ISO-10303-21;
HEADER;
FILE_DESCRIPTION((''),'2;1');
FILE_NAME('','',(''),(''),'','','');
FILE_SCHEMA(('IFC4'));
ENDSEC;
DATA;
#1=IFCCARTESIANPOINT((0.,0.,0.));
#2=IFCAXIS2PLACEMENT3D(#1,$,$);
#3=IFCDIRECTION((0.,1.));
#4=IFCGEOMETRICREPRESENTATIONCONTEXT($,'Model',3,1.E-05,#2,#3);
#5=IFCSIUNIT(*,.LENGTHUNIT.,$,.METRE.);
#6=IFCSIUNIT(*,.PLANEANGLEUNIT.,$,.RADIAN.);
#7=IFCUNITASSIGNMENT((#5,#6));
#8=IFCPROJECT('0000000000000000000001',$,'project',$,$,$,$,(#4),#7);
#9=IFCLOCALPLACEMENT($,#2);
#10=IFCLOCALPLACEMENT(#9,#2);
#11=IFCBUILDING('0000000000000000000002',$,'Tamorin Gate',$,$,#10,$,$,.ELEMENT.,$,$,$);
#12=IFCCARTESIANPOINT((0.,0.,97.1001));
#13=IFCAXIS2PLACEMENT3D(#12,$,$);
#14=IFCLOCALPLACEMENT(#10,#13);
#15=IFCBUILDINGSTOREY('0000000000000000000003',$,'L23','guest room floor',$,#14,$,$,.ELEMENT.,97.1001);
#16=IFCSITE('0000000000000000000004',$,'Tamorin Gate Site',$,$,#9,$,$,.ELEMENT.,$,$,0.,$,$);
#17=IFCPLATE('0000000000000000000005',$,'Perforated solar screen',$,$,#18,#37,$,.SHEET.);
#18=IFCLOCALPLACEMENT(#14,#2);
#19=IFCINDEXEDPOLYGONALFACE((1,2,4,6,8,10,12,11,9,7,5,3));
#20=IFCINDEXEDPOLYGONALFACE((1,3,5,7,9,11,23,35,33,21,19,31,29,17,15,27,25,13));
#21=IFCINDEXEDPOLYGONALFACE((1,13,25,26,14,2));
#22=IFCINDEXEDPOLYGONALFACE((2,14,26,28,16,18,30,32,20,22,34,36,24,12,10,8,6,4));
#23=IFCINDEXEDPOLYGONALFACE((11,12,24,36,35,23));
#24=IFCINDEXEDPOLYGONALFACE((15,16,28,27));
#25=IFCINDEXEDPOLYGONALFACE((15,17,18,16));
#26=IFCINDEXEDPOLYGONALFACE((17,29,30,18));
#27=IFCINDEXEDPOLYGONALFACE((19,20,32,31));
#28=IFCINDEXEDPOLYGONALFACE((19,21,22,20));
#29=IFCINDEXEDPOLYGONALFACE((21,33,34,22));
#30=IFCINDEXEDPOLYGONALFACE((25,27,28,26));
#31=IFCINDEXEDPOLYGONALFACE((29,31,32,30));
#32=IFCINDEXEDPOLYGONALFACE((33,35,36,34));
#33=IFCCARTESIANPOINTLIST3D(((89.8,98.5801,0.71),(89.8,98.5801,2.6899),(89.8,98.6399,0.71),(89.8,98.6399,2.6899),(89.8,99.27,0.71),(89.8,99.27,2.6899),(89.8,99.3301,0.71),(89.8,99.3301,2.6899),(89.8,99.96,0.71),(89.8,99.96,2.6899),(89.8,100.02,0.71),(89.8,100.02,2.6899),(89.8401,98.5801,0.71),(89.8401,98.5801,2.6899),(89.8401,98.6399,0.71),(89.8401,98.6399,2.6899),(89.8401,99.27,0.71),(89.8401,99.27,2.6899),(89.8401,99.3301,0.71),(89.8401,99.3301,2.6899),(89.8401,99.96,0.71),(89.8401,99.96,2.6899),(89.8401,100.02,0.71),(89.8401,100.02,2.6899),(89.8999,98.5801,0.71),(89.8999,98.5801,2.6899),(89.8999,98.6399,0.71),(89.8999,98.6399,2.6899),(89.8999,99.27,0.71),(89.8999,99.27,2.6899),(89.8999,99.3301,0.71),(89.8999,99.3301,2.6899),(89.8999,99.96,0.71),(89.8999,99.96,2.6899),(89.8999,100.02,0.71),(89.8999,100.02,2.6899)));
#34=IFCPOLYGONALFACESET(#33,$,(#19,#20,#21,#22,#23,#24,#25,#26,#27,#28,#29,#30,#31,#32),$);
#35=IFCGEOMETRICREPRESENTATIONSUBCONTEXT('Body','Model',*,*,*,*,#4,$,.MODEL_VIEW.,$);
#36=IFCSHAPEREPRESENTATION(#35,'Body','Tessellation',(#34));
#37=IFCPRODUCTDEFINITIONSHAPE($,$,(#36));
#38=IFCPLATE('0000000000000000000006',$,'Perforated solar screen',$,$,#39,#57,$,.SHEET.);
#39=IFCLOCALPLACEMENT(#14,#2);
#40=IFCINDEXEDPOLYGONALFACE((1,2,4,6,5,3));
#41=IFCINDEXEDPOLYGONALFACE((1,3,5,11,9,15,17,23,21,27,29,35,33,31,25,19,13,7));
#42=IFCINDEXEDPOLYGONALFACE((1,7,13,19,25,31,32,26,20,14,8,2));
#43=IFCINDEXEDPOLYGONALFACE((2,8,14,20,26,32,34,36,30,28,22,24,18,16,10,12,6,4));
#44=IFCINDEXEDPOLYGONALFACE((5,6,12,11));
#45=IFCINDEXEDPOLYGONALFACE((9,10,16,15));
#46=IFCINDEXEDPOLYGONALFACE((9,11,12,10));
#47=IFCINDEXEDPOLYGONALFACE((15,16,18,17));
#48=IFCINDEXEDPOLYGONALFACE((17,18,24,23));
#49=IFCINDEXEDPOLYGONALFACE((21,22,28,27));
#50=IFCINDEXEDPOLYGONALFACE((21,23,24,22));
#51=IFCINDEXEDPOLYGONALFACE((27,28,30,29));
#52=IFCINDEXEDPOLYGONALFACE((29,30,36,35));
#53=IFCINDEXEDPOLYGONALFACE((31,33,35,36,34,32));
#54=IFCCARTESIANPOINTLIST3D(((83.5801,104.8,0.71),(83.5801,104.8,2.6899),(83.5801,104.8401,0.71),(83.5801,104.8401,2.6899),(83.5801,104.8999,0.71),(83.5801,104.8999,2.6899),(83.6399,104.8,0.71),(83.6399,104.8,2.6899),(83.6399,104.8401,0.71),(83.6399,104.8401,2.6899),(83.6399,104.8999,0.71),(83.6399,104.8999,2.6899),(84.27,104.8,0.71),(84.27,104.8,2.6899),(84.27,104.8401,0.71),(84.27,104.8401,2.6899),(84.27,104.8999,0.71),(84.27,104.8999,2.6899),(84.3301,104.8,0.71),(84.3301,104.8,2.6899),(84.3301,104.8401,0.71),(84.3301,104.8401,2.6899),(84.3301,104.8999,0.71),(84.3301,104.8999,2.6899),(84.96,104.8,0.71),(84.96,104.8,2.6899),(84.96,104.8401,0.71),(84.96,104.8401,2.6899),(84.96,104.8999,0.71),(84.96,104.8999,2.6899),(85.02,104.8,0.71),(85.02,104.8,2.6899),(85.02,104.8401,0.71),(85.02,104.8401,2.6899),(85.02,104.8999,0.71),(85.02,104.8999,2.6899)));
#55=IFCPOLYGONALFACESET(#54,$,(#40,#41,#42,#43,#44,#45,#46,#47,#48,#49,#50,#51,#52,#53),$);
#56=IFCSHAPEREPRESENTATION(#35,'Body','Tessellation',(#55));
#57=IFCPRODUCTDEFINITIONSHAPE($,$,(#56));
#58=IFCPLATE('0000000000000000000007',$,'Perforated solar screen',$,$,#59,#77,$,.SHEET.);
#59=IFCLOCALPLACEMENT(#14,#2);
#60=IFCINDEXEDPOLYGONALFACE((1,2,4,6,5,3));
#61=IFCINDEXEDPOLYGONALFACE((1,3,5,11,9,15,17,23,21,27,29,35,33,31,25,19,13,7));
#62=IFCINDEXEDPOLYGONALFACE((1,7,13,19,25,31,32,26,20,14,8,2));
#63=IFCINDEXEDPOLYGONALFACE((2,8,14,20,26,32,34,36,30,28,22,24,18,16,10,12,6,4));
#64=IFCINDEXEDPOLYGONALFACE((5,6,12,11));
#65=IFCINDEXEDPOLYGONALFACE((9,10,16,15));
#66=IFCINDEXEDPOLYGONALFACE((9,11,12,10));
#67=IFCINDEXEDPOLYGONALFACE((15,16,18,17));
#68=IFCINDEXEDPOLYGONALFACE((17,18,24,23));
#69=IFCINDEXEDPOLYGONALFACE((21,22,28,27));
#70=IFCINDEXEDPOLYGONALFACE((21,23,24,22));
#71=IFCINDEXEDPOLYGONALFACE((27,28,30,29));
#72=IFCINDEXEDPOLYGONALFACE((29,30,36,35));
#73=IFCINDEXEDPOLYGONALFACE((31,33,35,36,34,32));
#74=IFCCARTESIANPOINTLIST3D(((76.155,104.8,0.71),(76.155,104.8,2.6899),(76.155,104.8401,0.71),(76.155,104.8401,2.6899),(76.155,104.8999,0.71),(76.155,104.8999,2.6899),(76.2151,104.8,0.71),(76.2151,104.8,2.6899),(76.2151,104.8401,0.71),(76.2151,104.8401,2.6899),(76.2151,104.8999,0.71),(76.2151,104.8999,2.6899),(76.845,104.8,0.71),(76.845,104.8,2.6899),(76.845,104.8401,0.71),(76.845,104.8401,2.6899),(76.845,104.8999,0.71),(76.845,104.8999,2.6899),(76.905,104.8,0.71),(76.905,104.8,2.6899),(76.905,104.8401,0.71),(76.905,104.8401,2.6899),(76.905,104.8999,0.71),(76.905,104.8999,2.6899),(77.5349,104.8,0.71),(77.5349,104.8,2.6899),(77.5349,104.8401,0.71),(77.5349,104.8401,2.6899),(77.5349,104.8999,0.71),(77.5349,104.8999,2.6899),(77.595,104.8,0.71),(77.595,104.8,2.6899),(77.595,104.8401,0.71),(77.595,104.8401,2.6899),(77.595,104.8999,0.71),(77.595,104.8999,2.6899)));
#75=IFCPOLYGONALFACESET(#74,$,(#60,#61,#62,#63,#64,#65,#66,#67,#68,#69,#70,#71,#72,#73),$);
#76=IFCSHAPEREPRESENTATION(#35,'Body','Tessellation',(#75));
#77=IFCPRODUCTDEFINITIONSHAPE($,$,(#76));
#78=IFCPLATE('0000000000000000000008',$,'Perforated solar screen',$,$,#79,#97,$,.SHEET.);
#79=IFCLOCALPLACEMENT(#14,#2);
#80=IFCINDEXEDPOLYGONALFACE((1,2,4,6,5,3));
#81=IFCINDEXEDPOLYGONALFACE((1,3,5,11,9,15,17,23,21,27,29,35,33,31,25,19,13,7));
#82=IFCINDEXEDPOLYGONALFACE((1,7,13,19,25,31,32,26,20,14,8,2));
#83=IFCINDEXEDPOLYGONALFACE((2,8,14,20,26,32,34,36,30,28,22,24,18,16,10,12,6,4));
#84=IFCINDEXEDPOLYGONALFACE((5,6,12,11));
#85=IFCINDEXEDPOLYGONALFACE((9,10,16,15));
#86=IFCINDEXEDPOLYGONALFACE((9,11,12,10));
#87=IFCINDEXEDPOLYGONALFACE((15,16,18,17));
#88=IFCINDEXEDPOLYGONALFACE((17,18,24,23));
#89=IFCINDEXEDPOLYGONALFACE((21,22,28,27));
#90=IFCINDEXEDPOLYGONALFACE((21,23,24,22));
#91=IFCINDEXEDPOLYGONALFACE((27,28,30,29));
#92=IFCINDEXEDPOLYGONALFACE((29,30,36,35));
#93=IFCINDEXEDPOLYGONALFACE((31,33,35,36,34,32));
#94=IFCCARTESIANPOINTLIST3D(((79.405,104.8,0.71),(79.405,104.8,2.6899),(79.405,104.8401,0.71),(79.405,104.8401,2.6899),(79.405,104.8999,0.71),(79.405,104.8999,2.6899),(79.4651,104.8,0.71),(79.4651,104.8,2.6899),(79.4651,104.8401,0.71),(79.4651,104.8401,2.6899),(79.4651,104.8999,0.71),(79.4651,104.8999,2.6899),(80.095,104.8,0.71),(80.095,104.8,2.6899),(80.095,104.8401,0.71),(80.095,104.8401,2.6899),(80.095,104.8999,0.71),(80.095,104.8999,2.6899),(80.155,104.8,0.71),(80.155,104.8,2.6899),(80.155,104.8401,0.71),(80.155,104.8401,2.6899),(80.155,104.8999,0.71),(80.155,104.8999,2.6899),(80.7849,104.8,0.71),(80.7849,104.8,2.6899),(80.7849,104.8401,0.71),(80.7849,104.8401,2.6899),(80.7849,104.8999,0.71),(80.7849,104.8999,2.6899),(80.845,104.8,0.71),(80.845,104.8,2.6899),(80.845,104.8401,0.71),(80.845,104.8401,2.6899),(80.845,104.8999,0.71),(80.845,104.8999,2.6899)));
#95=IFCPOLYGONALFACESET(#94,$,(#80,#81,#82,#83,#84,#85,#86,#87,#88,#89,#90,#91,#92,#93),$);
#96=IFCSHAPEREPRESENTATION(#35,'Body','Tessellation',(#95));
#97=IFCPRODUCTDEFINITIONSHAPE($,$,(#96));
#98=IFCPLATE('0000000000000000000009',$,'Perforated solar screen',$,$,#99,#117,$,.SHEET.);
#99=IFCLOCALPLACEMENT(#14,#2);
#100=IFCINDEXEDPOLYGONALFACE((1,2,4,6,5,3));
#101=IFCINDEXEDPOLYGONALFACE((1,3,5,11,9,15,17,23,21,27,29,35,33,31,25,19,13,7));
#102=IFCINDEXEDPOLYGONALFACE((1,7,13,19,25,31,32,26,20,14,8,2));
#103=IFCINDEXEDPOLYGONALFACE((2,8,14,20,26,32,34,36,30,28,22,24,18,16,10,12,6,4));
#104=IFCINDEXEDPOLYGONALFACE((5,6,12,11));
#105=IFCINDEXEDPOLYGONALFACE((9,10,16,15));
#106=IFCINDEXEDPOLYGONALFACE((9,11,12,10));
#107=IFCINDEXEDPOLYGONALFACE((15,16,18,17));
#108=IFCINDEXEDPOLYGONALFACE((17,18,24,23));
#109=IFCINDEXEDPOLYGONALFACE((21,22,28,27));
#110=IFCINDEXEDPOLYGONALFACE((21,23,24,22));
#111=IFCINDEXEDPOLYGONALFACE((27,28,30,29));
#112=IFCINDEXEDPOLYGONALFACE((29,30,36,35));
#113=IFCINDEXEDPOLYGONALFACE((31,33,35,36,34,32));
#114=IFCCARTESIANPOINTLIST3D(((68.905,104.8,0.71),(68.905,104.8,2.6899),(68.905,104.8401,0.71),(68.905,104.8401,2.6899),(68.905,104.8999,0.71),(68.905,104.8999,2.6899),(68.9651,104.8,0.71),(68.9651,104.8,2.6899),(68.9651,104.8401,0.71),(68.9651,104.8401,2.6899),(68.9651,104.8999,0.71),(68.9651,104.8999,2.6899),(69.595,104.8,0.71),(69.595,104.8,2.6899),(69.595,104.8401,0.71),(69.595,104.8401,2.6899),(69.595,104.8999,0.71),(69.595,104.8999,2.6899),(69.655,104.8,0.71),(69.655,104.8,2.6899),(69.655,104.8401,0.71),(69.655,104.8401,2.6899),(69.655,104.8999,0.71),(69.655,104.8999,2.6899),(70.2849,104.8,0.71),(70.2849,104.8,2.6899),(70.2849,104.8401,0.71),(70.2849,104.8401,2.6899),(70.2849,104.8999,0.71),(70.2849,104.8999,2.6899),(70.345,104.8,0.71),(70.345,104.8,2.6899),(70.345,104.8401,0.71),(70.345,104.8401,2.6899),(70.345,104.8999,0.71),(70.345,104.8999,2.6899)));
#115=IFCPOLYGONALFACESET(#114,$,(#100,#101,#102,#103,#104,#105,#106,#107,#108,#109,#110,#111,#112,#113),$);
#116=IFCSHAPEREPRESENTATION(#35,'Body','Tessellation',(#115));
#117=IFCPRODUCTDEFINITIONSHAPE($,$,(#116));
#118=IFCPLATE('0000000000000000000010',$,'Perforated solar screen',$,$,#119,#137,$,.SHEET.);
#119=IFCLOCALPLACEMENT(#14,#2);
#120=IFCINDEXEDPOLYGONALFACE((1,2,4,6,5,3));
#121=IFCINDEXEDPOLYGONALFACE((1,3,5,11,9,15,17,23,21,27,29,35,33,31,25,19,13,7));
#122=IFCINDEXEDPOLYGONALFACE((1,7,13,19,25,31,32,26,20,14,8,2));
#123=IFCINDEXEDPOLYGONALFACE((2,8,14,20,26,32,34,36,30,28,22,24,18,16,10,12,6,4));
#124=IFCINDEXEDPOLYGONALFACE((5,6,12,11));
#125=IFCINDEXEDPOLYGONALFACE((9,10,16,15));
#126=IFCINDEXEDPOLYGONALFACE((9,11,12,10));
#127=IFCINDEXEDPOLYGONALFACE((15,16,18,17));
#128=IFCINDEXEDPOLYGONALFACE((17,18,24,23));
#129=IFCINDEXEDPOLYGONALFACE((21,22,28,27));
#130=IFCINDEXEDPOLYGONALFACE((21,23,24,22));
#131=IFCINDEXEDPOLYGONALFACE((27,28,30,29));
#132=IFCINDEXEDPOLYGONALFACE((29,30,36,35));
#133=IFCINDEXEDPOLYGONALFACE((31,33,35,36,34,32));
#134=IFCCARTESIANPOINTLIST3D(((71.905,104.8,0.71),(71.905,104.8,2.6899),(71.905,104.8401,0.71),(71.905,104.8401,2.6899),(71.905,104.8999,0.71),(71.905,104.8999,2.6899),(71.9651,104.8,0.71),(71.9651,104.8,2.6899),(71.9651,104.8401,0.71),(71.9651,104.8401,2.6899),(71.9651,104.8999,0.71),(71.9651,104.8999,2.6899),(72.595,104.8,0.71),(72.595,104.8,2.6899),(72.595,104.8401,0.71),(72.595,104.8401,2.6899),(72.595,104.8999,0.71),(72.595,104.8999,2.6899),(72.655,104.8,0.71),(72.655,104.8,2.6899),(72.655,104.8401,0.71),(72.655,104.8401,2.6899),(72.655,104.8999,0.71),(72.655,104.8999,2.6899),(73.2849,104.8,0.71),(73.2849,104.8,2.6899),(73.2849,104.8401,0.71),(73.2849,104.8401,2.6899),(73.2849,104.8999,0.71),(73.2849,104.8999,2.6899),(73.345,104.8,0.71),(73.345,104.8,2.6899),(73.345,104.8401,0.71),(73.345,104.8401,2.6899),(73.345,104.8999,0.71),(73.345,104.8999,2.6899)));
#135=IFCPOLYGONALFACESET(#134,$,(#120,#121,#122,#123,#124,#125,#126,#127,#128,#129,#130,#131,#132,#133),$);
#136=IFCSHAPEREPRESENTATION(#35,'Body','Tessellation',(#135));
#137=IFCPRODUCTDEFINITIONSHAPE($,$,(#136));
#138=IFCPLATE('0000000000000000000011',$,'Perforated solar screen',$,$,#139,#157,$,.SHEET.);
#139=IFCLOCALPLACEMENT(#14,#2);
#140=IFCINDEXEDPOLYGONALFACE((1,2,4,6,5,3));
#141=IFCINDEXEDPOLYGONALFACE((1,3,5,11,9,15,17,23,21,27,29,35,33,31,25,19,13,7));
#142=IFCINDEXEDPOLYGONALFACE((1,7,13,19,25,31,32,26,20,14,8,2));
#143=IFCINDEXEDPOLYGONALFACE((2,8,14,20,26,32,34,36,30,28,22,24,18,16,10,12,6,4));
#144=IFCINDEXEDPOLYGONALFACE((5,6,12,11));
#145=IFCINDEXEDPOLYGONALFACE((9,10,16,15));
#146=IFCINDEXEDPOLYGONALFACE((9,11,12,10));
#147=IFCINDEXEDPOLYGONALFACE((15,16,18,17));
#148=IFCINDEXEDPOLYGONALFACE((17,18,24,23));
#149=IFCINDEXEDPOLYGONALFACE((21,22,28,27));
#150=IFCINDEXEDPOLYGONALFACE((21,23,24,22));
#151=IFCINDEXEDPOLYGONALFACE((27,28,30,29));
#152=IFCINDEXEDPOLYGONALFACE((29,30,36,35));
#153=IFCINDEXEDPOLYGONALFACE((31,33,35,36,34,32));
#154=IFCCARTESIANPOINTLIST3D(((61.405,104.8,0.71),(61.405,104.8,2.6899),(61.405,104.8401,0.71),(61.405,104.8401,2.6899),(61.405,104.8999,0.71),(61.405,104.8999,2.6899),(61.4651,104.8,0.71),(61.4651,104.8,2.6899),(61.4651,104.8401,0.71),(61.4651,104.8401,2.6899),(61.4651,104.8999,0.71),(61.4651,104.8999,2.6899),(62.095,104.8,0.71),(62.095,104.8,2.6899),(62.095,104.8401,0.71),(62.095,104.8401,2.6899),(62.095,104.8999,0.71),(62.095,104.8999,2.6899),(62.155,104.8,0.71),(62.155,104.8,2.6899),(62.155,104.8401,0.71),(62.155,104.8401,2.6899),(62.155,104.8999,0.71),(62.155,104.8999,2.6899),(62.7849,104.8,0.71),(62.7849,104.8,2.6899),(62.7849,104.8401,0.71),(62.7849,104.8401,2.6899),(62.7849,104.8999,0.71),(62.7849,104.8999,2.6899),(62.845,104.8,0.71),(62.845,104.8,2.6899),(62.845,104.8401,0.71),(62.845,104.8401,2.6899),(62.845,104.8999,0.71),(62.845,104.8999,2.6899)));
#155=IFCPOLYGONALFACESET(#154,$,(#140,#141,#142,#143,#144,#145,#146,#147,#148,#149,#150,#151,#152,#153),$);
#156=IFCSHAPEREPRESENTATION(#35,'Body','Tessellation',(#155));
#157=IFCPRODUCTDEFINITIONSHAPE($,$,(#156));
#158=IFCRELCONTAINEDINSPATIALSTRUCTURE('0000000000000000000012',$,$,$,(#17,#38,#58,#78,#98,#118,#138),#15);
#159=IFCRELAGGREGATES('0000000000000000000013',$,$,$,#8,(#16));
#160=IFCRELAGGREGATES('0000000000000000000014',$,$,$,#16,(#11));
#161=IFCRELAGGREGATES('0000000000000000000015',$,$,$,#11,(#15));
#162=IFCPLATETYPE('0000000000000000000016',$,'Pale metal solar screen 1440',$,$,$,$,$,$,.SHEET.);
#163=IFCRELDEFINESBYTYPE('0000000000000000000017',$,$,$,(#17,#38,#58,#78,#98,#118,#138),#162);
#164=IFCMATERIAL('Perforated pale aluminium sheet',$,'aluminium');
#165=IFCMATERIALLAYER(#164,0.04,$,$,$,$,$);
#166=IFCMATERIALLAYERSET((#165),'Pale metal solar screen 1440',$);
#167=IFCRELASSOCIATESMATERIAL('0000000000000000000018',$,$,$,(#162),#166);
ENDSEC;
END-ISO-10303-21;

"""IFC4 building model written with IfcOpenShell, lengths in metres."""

from ifc_helpers import new_model, si_unit, direction, frame, origin, place, context, subcontext, project, spatial, polyline, outline, extrude, material, layer, layer_set, type_object, element, save


model = new_model("IFC4")

# Units and contexts
model_context = context("Model", 3, precision=1e-05, world=origin(), true_north=direction((0.0, 1.0)))
body_context = subcontext(model_context, "Body", "Model", "MODEL_VIEW")
ifc_project = project(units=[si_unit("LENGTHUNIT", "METRE"), si_unit("PLANEANGLEUNIT", "RADIAN")], contexts=[model_context])

# Site, building, storey
site_placement = place(None, origin())
site = spatial("IfcSite", under=ifc_project, at=site_placement, Name="Tamorin Gate Site", CompositionType="ELEMENT", RefElevation=0.0)
building_placement = place(site_placement, origin())
building = spatial("IfcBuilding", under=site, at=building_placement, Name="Tamorin Gate", CompositionType="ELEMENT")
storey_placement = place(building_placement, frame((0.0, 0.0, 97.1001)))
storey = spatial("IfcBuildingStorey", under=building, at=storey_placement, Name="L23", Description="guest room floor", CompositionType="ELEMENT", Elevation=97.1001)

# Plates
ifc_material = material(Name="Perforated pale aluminium sheet", Category="aluminium")
ifc_layer = layer(ifc_material, 0.04)
ifc_layer_set = layer_set([ifc_layer], Name="Pale metal solar screen 1440")
plate_type = type_object("IfcPlateType", Name="Pale metal solar screen 1440", PredefinedType="SHEET", material=ifc_layer_set)
plate_1_placement = place(storey_placement, frame((0.0, 0.0, 0.71)))
element("IfcPlate", 1, at=plate_1_placement, inside=storey, type_object=plate_type, Name="Perforated solar screen", PredefinedType="SHEET", context=body_context, shape_type="SweptSolid", body=[
    extrude(outline(polyline([(89.8401, 98.5801), (89.8, 98.5801), (89.8, 98.6399), (89.8, 99.27), (89.8, 99.3301), (89.8, 99.96), (89.8, 100.02), (89.8401, 100.02), (89.8999, 100.02), (89.8999, 99.96), (89.8401, 99.96), (89.8401, 99.3301), (89.8999, 99.3301), (89.8999, 99.27), (89.8401, 99.27), (89.8401, 98.6399), (89.8999, 98.6399), (89.8999, 98.5801), (89.8401, 98.5801)])), origin(), (0.0, 0.0, 1.0), 1.98),
])
plate_2_placement = place(storey_placement, frame((0.0, 0.0, 0.71)))
element("IfcPlate", 2, at=plate_2_placement, inside=storey, type_object=plate_type, Name="Perforated solar screen", PredefinedType="SHEET", context=body_context, shape_type="SweptSolid", body=[
    extrude(outline(polyline([(85.02, 104.8401), (85.02, 104.8), (84.96, 104.8), (84.3301, 104.8), (84.27, 104.8), (83.6399, 104.8), (83.5801, 104.8), (83.5801, 104.8401), (83.5801, 104.8999), (83.6399, 104.8999), (83.6399, 104.8401), (84.27, 104.8401), (84.27, 104.8999), (84.3301, 104.8999), (84.3301, 104.8401), (84.96, 104.8401), (84.96, 104.8999), (85.02, 104.8999), (85.02, 104.8401)])), origin(), (0.0, 0.0, 1.0), 1.98),
])
plate_3_placement = place(storey_placement, frame((0.0, 0.0, 0.71)))
element("IfcPlate", 3, at=plate_3_placement, inside=storey, type_object=plate_type, Name="Perforated solar screen", PredefinedType="SHEET", context=body_context, shape_type="SweptSolid", body=[
    extrude(outline(polyline([(77.595, 104.8401), (77.595, 104.8), (77.5349, 104.8), (76.905, 104.8), (76.845, 104.8), (76.2151, 104.8), (76.155, 104.8), (76.155, 104.8401), (76.155, 104.8999), (76.2151, 104.8999), (76.2151, 104.8401), (76.845, 104.8401), (76.845, 104.8999), (76.905, 104.8999), (76.905, 104.8401), (77.5349, 104.8401), (77.5349, 104.8999), (77.595, 104.8999), (77.595, 104.8401)])), origin(), (0.0, 0.0, 1.0), 1.98),
])
plate_4_placement = place(storey_placement, frame((0.0, 0.0, 0.71)))
element("IfcPlate", 4, at=plate_4_placement, inside=storey, type_object=plate_type, Name="Perforated solar screen", PredefinedType="SHEET", context=body_context, shape_type="SweptSolid", body=[
    extrude(outline(polyline([(80.845, 104.8401), (80.845, 104.8), (80.7849, 104.8), (80.155, 104.8), (80.095, 104.8), (79.4651, 104.8), (79.405, 104.8), (79.405, 104.8), (79.405, 104.8401), (79.405, 104.8401), (79.405, 104.8999), (79.4651, 104.8999), (79.4651, 104.8401), (80.095, 104.8401), (80.095, 104.8999), (80.155, 104.8999), (80.155, 104.8401), (80.7849, 104.8401), (80.7849, 104.8999), (80.845, 104.8999), (80.845, 104.8401)])), origin(), (0.0, 0.0, 1.0), 1.98),
])
plate_5_placement = place(storey_placement, frame((0.0, 0.0, 0.71)))
element("IfcPlate", 5, at=plate_5_placement, inside=storey, type_object=plate_type, Name="Perforated solar screen", PredefinedType="SHEET", context=body_context, shape_type="SweptSolid", body=[
    extrude(outline(polyline([(70.345, 104.8401), (70.345, 104.8), (70.2849, 104.8), (69.655, 104.8), (69.595, 104.8), (68.9651, 104.8), (68.905, 104.8), (68.905, 104.8401), (68.905, 104.8999), (68.9651, 104.8999), (68.9651, 104.8401), (69.595, 104.8401), (69.595, 104.8999), (69.655, 104.8999), (69.655, 104.8401), (70.2849, 104.8401), (70.2849, 104.8999), (70.345, 104.8999), (70.345, 104.8401)])), origin(), (0.0, 0.0, 1.0), 1.98),
])
plate_6_placement = place(storey_placement, frame((0.0, 0.0, 0.71)))
element("IfcPlate", 6, at=plate_6_placement, inside=storey, type_object=plate_type, Name="Perforated solar screen", PredefinedType="SHEET", context=body_context, shape_type="SweptSolid", body=[
    extrude(outline(polyline([(73.345, 104.8401), (73.345, 104.8), (73.2849, 104.8), (72.655, 104.8), (72.595, 104.8), (71.9651, 104.8), (71.905, 104.8), (71.905, 104.8401), (71.905, 104.8999), (71.9651, 104.8999), (71.9651, 104.8401), (72.595, 104.8401), (72.595, 104.8999), (72.655, 104.8999), (72.655, 104.8401), (73.2849, 104.8401), (73.2849, 104.8999), (73.345, 104.8999), (73.345, 104.8401)])), origin(), (0.0, 0.0, 1.0), 1.98),
])
plate_7_placement = place(storey_placement, frame((0.0, 0.0, 0.71)))
element("IfcPlate", 7, at=plate_7_placement, inside=storey, type_object=plate_type, Name="Perforated solar screen", PredefinedType="SHEET", context=body_context, shape_type="SweptSolid", body=[
    extrude(outline(polyline([(62.845, 104.8401), (62.845, 104.8), (62.7849, 104.8), (62.155, 104.8), (62.095, 104.8), (61.4651, 104.8), (61.405, 104.8), (61.405, 104.8401), (61.405, 104.8999), (61.4651, 104.8999), (61.4651, 104.8401), (62.095, 104.8401), (62.095, 104.8999), (62.155, 104.8999), (62.155, 104.8401), (62.7849, 104.8401), (62.7849, 104.8999), (62.845, 104.8999), (62.845, 104.8401)])), origin(), (0.0, 0.0, 1.0), 1.98),
])

save(model, "model.ifc")
